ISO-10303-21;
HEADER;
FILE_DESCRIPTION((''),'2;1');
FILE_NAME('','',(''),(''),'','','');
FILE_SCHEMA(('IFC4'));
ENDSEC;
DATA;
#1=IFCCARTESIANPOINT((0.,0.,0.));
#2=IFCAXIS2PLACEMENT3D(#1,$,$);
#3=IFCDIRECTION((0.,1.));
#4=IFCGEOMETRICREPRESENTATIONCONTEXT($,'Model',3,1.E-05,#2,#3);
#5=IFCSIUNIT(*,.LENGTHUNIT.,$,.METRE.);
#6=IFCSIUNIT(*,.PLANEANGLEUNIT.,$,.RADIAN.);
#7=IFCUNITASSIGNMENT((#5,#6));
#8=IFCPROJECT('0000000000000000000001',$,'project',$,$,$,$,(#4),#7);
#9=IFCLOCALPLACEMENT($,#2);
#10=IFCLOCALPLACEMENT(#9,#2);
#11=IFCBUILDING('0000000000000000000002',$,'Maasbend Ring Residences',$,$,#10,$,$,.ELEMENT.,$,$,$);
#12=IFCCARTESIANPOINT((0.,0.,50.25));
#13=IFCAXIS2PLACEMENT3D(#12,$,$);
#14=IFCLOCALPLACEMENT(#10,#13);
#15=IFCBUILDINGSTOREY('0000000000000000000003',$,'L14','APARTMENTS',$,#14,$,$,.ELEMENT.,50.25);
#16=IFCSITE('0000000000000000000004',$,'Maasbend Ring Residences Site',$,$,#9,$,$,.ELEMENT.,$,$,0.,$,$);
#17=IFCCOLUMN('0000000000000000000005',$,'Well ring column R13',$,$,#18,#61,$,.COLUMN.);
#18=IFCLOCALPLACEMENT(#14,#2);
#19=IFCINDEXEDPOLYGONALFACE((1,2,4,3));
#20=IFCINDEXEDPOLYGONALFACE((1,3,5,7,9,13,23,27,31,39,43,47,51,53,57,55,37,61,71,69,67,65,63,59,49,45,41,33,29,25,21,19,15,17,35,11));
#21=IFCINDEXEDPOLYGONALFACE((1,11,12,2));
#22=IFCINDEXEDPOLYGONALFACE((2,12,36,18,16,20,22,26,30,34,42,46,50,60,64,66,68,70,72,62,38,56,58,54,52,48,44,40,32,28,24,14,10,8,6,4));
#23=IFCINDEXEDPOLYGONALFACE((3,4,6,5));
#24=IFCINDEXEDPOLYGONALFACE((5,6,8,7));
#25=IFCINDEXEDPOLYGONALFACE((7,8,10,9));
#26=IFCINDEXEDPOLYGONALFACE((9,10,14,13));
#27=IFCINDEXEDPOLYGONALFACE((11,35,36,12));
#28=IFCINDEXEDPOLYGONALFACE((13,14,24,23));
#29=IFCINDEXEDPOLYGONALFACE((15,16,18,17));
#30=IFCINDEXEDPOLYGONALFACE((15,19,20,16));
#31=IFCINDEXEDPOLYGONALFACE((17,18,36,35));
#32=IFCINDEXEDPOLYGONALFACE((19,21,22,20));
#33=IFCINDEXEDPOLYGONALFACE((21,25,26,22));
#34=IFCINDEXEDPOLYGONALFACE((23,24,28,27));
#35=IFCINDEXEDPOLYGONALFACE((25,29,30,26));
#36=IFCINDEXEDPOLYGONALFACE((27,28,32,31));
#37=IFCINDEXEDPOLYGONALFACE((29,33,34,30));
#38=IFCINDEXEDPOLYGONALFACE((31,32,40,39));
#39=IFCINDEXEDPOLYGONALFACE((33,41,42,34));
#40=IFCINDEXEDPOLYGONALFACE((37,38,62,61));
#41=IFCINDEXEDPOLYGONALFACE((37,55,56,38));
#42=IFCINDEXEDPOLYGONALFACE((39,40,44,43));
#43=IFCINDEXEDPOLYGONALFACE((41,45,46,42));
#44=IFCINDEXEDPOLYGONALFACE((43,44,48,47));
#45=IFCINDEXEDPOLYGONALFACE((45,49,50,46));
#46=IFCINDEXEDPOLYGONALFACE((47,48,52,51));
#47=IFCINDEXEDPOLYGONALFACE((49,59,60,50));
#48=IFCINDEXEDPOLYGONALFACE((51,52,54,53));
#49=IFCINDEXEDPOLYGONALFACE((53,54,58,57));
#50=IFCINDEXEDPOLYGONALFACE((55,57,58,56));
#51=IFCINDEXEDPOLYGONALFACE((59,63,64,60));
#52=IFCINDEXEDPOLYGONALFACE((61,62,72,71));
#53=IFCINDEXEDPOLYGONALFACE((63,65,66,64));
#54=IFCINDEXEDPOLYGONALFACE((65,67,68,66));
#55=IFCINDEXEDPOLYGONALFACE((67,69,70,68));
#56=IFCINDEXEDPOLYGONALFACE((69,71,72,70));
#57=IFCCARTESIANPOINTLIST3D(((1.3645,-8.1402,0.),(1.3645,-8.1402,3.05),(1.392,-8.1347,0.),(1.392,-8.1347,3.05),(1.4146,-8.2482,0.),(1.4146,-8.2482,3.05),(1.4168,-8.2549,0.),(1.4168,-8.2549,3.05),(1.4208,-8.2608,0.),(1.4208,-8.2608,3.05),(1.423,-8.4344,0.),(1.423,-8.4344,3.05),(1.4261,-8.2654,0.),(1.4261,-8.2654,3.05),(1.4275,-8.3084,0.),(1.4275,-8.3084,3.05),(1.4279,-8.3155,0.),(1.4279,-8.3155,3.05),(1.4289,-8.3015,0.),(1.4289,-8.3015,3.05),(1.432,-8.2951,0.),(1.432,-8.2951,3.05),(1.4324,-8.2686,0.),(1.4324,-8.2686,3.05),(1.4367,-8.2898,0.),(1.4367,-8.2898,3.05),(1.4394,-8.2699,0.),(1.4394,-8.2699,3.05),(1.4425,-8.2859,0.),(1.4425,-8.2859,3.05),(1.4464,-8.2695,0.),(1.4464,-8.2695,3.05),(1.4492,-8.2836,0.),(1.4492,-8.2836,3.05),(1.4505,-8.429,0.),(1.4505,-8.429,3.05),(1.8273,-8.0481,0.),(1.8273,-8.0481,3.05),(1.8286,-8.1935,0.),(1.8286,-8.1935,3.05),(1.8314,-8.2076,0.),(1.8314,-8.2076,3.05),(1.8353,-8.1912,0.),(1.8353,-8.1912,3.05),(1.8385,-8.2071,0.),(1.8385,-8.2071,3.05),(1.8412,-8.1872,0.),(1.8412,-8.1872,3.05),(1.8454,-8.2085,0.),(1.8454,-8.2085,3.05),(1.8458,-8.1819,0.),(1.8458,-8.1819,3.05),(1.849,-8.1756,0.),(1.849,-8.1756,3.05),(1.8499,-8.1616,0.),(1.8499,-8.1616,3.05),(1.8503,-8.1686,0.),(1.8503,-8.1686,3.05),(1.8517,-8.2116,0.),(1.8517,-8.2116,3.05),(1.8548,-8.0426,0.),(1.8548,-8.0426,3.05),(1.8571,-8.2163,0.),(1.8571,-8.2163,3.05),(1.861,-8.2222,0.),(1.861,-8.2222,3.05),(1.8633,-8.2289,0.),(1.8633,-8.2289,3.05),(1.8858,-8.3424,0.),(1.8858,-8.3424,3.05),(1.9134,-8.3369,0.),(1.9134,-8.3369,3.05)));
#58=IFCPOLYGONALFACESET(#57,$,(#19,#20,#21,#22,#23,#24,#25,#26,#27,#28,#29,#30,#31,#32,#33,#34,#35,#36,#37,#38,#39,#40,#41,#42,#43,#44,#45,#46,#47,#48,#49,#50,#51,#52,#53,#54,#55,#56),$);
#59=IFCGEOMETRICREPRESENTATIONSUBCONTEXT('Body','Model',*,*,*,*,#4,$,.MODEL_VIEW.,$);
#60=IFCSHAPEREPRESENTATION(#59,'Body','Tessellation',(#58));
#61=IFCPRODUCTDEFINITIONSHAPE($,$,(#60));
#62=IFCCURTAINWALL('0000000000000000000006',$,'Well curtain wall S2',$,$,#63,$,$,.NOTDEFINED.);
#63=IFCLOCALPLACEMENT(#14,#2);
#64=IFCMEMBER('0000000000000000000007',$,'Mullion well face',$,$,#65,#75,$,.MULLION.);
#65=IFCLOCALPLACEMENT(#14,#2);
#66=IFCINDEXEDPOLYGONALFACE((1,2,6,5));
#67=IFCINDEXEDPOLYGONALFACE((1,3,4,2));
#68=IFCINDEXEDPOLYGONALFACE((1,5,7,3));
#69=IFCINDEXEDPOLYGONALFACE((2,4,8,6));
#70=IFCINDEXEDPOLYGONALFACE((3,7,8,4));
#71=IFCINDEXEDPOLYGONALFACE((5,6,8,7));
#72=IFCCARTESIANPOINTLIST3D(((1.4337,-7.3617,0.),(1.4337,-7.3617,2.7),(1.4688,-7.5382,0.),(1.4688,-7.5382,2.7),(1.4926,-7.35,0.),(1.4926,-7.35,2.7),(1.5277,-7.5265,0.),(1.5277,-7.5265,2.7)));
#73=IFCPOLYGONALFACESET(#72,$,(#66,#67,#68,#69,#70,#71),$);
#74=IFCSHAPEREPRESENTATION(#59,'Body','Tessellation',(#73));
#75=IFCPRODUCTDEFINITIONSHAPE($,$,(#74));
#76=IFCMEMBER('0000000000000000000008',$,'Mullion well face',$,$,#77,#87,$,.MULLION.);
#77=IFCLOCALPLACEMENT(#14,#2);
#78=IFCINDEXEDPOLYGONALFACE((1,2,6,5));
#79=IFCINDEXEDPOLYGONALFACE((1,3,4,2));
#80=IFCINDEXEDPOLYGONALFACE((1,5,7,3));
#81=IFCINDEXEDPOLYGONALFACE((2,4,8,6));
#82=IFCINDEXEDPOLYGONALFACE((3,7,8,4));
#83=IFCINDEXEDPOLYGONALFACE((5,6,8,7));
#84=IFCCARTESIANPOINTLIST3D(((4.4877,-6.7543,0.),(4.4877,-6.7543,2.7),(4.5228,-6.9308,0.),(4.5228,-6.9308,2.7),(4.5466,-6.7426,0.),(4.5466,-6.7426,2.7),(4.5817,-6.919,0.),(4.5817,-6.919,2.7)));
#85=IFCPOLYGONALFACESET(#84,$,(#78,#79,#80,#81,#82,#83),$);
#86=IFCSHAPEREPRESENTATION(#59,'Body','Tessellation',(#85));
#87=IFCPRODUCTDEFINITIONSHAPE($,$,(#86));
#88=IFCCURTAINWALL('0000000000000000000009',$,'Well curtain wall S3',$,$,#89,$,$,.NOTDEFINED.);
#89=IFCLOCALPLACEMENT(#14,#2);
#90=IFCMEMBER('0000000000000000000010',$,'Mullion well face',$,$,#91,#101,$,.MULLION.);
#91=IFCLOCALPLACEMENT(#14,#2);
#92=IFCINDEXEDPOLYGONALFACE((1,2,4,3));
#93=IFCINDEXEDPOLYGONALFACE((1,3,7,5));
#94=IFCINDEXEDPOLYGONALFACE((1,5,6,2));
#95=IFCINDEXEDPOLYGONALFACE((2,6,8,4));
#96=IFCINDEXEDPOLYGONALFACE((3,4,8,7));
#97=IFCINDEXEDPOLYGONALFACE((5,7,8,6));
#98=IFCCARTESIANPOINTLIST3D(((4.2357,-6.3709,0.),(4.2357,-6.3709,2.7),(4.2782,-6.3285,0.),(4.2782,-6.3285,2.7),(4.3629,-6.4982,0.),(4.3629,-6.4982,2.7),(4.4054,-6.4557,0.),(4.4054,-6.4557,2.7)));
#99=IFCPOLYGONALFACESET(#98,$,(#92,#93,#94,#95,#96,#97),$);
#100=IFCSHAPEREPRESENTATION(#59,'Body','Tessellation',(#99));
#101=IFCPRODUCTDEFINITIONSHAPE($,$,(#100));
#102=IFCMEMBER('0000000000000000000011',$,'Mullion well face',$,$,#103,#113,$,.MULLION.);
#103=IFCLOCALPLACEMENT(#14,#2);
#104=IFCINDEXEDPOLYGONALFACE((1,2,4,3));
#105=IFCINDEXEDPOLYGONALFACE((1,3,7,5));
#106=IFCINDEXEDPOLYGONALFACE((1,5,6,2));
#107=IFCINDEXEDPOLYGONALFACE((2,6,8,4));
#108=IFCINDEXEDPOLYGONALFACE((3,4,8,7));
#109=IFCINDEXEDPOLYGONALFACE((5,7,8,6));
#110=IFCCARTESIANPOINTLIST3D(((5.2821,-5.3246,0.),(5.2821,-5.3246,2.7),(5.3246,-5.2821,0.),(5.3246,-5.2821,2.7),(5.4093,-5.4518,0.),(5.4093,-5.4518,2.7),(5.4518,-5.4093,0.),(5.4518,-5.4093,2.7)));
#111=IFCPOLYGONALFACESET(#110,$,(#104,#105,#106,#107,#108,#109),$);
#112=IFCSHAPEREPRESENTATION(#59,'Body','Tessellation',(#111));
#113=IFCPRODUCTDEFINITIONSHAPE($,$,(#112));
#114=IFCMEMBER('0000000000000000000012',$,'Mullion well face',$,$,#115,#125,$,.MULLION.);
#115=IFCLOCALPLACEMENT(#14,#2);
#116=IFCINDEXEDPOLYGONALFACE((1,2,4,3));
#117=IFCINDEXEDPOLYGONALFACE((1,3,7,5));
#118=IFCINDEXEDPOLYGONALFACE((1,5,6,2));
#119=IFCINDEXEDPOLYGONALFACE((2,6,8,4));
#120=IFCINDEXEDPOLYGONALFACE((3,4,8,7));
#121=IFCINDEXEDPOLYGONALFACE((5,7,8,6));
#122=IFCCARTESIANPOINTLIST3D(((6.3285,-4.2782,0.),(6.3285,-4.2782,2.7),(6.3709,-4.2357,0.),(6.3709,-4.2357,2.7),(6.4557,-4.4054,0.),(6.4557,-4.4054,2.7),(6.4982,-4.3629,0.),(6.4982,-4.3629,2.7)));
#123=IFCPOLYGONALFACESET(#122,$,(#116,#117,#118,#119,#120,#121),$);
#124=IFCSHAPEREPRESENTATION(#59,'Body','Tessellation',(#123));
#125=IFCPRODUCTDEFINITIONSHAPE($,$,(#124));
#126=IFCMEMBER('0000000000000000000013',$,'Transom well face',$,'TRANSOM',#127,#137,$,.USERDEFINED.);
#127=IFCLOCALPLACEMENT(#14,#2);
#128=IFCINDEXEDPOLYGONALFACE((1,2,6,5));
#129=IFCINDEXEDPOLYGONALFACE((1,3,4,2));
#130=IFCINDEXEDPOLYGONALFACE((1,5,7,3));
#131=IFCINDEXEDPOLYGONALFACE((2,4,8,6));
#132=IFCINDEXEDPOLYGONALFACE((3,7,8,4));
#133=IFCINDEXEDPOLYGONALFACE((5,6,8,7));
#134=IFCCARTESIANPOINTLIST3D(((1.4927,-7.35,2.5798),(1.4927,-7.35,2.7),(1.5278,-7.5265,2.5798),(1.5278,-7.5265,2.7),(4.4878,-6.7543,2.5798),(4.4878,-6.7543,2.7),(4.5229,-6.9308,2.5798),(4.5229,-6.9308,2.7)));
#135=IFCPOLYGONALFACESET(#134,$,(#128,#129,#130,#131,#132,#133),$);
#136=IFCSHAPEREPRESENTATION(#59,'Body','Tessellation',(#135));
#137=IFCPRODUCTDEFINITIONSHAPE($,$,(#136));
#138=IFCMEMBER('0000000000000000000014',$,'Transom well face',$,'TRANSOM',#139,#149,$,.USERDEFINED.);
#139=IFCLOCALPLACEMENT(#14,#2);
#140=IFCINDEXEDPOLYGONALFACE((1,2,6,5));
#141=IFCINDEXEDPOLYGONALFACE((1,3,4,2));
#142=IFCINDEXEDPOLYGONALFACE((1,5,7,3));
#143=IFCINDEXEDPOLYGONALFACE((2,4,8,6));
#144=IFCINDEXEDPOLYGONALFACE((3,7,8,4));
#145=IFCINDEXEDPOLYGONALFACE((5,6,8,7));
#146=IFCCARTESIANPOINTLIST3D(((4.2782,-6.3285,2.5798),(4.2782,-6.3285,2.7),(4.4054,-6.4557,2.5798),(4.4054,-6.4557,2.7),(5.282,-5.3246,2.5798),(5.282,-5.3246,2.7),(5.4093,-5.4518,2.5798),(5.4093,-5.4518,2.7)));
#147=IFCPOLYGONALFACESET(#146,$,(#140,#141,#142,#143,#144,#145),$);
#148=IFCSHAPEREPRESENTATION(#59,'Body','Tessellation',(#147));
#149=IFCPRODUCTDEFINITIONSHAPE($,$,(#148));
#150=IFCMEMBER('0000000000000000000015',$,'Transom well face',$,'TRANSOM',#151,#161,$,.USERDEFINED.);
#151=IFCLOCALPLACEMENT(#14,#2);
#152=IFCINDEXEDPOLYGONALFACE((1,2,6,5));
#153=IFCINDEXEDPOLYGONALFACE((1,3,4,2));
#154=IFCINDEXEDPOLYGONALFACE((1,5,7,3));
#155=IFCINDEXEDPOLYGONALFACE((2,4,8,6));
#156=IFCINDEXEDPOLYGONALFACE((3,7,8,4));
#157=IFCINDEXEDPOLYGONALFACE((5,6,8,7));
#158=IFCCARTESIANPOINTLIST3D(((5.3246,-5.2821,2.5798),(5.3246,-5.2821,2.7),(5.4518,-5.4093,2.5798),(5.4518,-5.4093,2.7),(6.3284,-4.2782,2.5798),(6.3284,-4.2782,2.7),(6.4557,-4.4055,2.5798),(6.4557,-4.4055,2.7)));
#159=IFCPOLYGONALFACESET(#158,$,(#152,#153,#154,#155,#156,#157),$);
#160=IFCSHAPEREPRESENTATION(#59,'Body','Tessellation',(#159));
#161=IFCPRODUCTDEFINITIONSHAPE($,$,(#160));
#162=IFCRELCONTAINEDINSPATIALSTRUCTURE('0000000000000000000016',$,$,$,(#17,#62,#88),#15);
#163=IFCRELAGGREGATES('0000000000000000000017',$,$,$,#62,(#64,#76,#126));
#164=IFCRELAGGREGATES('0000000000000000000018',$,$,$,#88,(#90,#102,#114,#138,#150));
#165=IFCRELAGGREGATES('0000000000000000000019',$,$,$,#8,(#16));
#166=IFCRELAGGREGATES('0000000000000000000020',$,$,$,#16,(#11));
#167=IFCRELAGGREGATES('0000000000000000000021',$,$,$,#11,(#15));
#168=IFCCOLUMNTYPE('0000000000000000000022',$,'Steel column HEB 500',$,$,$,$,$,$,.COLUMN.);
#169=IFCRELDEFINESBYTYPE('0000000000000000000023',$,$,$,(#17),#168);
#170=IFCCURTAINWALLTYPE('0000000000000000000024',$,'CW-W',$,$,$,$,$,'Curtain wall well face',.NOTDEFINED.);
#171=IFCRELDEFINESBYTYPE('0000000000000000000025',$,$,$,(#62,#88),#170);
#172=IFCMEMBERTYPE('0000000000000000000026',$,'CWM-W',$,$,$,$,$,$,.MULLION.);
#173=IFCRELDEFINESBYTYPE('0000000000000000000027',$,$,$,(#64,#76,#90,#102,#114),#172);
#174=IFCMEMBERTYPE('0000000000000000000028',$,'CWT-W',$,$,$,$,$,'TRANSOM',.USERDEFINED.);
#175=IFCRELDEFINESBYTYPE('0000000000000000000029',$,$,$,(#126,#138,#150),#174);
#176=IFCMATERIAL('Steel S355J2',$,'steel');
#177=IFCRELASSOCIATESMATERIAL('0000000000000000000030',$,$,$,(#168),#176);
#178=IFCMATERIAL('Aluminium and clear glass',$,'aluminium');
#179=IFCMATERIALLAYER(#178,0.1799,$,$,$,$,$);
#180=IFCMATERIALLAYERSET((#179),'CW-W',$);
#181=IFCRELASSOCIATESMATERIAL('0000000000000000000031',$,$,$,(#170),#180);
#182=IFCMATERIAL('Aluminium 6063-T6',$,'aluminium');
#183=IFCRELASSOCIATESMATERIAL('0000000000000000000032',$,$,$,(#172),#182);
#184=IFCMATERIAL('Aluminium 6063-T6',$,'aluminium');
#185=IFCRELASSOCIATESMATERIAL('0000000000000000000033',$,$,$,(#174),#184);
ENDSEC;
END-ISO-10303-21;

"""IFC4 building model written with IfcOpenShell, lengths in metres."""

from ifc_helpers import new_model, si_unit, direction, frame, origin, origin_2d, place, context, subcontext, project, spatial, rectangle, i_section, extrude, material, layer, layer_set, material_profile, profile_set, type_object, element, aggregate, save


model = new_model("IFC4")

# Units and contexts
model_context = context("Model", 3, precision=1e-05, world=origin(), true_north=direction((0.0, 1.0)))
body_context = subcontext(model_context, "Body", "Model", "MODEL_VIEW")
ifc_project = project(units=[si_unit("LENGTHUNIT", "METRE"), si_unit("PLANEANGLEUNIT", "RADIAN")], contexts=[model_context])

# Site, building, storey
site_placement = place(None, origin())
site = spatial("IfcSite", under=ifc_project, at=site_placement, Name="Maasbend Ring Residences Site", CompositionType="ELEMENT", RefElevation=0.0)
building_placement = place(site_placement, origin())
building = spatial("IfcBuilding", under=site, at=building_placement, Name="Maasbend Ring Residences", CompositionType="ELEMENT")
storey_placement = place(building_placement, frame((0.0, 0.0, 50.25)))
storey = spatial("IfcBuildingStorey", under=building, at=storey_placement, Name="L14", Description="APARTMENTS", CompositionType="ELEMENT", Elevation=50.25)

# Column
ifc_material_1 = material(Name="Steel S355J2", Category="steel")
ifc_material_profile_1 = material_profile(ifc_material_1, i_section(OverallWidth=0.3, OverallDepth=0.5, WebThickness=0.0144, FlangeThickness=0.0281, FilletRadius=0.0271, at=origin_2d()), Name="HEB 500")
ifc_profile_set_1 = profile_set([ifc_material_profile_1], Name="Steel S355J2")
column_type = type_object("IfcColumnType", Name="Steel column HEB 500", PredefinedType="COLUMN", material=ifc_profile_set_1)
column_placement = place(storey_placement, frame((1.6389, -8.2385, 0.0), z_axis=(0.0, 0.0, 1.0), x_axis=(0.19509, -0.980785, 0.0)))
element("IfcColumn", 1, at=column_placement, inside=storey, type_object=column_type, Name="Well ring column R13", PredefinedType="COLUMN", context=body_context, shape_type="SweptSolid", body=[
    extrude(i_section(OverallWidth=0.3, OverallDepth=0.5, WebThickness=0.0144, FlangeThickness=0.0281, FilletRadius=0.0271, at=origin_2d()), origin(), (0.0, 0.0, 1.0), 3.05),
])

# Curtain walls, members
ifc_material_2 = material(Name="Aluminium and clear glass", Category="aluminium")
ifc_layer_1 = layer(ifc_material_2, 0.1799)
ifc_layer_set_1 = layer_set([ifc_layer_1], Name="CW-W")
curtain_wall_type = type_object("IfcCurtainWallType", Name="CW-W", ElementType="Curtain wall well face", PredefinedType="NOTDEFINED", material=ifc_layer_set_1)
curtain_wall_1_placement = place(storey_placement, origin())
curtain_wall_1 = element("IfcCurtainWall", 2, at=curtain_wall_1_placement, inside=storey, type_object=curtain_wall_type, Name="Well curtain wall S2", PredefinedType="NOTDEFINED")
ifc_material_3 = material(Name="Aluminium 6063-T6", Category="aluminium")
ifc_material_profile_2 = material_profile(ifc_material_3, rectangle(XDim=0.1799, YDim=0.0601, at=origin_2d()), Name="AL 180x60")
ifc_profile_set_2 = profile_set([ifc_material_profile_2], Name="Aluminium 6063-T6")
member_type_1 = type_object("IfcMemberType", Name="CWM-W", PredefinedType="MULLION", material=ifc_profile_set_2)
member_1_placement = place(storey_placement, frame((1.4807, -7.4441, 0.0), z_axis=(0.0, 0.0, 1.0), x_axis=(-0.19509, 0.980785, 0.0)))
member_1 = element("IfcMember", 3, at=member_1_placement, type_object=member_type_1, Name="Mullion well face", PredefinedType="MULLION", context=body_context, shape_type="SweptSolid", body=[
    extrude(rectangle(XDim=0.1799, YDim=0.0601, at=origin_2d()), origin(), (0.0, 0.0, 1.0), 2.7),
])
member_2_placement = place(storey_placement, frame((4.5347, -6.8367, 0.0), z_axis=(0.0, 0.0, 1.0), x_axis=(-0.19509, 0.980785, 0.0)))
member_2 = element("IfcMember", 4, at=member_2_placement, type_object=member_type_1, Name="Mullion well face", PredefinedType="MULLION", context=body_context, shape_type="SweptSolid", body=[
    extrude(rectangle(XDim=0.1799, YDim=0.0601, at=origin_2d()), origin(), (0.0, 0.0, 1.0), 2.7),
])
curtain_wall_2_placement = place(storey_placement, origin())
curtain_wall_2 = element("IfcCurtainWall", 5, at=curtain_wall_2_placement, inside=storey, type_object=curtain_wall_type, Name="Well curtain wall S3", PredefinedType="NOTDEFINED")
member_3_placement = place(storey_placement, frame((4.3206, -6.4133, 0.0), z_axis=(0.0, 0.0, 1.0), x_axis=(-0.707107, 0.707107, 0.0)))
member_3 = element("IfcMember", 6, at=member_3_placement, type_object=member_type_1, Name="Mullion well face", PredefinedType="MULLION", context=body_context, shape_type="SweptSolid", body=[
    extrude(rectangle(XDim=0.1799, YDim=0.0601, at=origin_2d()), origin(), (0.0, 0.0, 1.0), 2.7),
])
member_4_placement = place(storey_placement, frame((5.3669, -5.3669, 0.0), z_axis=(0.0, 0.0, 1.0), x_axis=(-0.707107, 0.707107, 0.0)))
member_4 = element("IfcMember", 7, at=member_4_placement, type_object=member_type_1, Name="Mullion well face", PredefinedType="MULLION", context=body_context, shape_type="SweptSolid", body=[
    extrude(rectangle(XDim=0.1799, YDim=0.0601, at=origin_2d()), origin(), (0.0, 0.0, 1.0), 2.7),
])
member_5_placement = place(storey_placement, frame((6.4133, -4.3206, 0.0), z_axis=(0.0, 0.0, 1.0), x_axis=(-0.707107, 0.707107, 0.0)))
member_5 = element("IfcMember", 8, at=member_5_placement, type_object=member_type_1, Name="Mullion well face", PredefinedType="MULLION", context=body_context, shape_type="SweptSolid", body=[
    extrude(rectangle(XDim=0.1799, YDim=0.0601, at=origin_2d()), origin(), (0.0, 0.0, 1.0), 2.7),
])

# Members
ifc_material_4 = material(Name="Aluminium 6063-T6", Category="aluminium")
ifc_material_profile_3 = material_profile(ifc_material_4, rectangle(XDim=0.1799, YDim=0.1201, at=origin_2d()), Name="AL 180x120")
ifc_profile_set_3 = profile_set([ifc_material_profile_3], Name="Aluminium 6063-T6")
member_type_2 = type_object("IfcMemberType", Name="CWT-W", ElementType="TRANSOM", PredefinedType="USERDEFINED", material=ifc_profile_set_3)
member_6_placement = place(storey_placement, frame((1.5103, -7.4382, 2.6399), z_axis=(0.980789, 0.195071, 0.0), x_axis=(-0.195071, 0.980789, 0.0)))
member_6 = element("IfcMember", 9, at=member_6_placement, type_object=member_type_2, Name="Transom well face", ObjectType="TRANSOM", PredefinedType="USERDEFINED", context=body_context, shape_type="SweptSolid", body=[
    extrude(rectangle(XDim=0.1799, YDim=0.1201, at=origin_2d()), origin(), (0.0, 0.0, 1.0), 3.0537),
])
member_7_placement = place(storey_placement, frame((4.3418, -6.3921, 2.6399), z_axis=(0.707107, 0.707107, 0.0), x_axis=(-0.707107, 0.707107, 0.0)))
member_7 = element("IfcMember", 10, at=member_7_placement, type_object=member_type_2, Name="Transom well face", ObjectType="TRANSOM", PredefinedType="USERDEFINED", context=body_context, shape_type="SweptSolid", body=[
    extrude(rectangle(XDim=0.1799, YDim=0.1201, at=origin_2d()), origin(), (0.0, 0.0, 1.0), 1.4197),
])
member_8_placement = place(storey_placement, frame((5.3882, -5.3457, 2.6399), z_axis=(0.707107, 0.707107, 0.0), x_axis=(-0.707107, 0.707107, 0.0)))
member_8 = element("IfcMember", 11, at=member_8_placement, type_object=member_type_2, Name="Transom well face", ObjectType="TRANSOM", PredefinedType="USERDEFINED", context=body_context, shape_type="SweptSolid", body=[
    extrude(rectangle(XDim=0.1799, YDim=0.1201, at=origin_2d()), origin(), (0.0, 0.0, 1.0), 1.4197),
])

aggregate(curtain_wall_1, [member_1, member_2, member_6])
aggregate(curtain_wall_2, [member_3, member_4, member_5, member_7, member_8])

save(model, "model.ifc")
